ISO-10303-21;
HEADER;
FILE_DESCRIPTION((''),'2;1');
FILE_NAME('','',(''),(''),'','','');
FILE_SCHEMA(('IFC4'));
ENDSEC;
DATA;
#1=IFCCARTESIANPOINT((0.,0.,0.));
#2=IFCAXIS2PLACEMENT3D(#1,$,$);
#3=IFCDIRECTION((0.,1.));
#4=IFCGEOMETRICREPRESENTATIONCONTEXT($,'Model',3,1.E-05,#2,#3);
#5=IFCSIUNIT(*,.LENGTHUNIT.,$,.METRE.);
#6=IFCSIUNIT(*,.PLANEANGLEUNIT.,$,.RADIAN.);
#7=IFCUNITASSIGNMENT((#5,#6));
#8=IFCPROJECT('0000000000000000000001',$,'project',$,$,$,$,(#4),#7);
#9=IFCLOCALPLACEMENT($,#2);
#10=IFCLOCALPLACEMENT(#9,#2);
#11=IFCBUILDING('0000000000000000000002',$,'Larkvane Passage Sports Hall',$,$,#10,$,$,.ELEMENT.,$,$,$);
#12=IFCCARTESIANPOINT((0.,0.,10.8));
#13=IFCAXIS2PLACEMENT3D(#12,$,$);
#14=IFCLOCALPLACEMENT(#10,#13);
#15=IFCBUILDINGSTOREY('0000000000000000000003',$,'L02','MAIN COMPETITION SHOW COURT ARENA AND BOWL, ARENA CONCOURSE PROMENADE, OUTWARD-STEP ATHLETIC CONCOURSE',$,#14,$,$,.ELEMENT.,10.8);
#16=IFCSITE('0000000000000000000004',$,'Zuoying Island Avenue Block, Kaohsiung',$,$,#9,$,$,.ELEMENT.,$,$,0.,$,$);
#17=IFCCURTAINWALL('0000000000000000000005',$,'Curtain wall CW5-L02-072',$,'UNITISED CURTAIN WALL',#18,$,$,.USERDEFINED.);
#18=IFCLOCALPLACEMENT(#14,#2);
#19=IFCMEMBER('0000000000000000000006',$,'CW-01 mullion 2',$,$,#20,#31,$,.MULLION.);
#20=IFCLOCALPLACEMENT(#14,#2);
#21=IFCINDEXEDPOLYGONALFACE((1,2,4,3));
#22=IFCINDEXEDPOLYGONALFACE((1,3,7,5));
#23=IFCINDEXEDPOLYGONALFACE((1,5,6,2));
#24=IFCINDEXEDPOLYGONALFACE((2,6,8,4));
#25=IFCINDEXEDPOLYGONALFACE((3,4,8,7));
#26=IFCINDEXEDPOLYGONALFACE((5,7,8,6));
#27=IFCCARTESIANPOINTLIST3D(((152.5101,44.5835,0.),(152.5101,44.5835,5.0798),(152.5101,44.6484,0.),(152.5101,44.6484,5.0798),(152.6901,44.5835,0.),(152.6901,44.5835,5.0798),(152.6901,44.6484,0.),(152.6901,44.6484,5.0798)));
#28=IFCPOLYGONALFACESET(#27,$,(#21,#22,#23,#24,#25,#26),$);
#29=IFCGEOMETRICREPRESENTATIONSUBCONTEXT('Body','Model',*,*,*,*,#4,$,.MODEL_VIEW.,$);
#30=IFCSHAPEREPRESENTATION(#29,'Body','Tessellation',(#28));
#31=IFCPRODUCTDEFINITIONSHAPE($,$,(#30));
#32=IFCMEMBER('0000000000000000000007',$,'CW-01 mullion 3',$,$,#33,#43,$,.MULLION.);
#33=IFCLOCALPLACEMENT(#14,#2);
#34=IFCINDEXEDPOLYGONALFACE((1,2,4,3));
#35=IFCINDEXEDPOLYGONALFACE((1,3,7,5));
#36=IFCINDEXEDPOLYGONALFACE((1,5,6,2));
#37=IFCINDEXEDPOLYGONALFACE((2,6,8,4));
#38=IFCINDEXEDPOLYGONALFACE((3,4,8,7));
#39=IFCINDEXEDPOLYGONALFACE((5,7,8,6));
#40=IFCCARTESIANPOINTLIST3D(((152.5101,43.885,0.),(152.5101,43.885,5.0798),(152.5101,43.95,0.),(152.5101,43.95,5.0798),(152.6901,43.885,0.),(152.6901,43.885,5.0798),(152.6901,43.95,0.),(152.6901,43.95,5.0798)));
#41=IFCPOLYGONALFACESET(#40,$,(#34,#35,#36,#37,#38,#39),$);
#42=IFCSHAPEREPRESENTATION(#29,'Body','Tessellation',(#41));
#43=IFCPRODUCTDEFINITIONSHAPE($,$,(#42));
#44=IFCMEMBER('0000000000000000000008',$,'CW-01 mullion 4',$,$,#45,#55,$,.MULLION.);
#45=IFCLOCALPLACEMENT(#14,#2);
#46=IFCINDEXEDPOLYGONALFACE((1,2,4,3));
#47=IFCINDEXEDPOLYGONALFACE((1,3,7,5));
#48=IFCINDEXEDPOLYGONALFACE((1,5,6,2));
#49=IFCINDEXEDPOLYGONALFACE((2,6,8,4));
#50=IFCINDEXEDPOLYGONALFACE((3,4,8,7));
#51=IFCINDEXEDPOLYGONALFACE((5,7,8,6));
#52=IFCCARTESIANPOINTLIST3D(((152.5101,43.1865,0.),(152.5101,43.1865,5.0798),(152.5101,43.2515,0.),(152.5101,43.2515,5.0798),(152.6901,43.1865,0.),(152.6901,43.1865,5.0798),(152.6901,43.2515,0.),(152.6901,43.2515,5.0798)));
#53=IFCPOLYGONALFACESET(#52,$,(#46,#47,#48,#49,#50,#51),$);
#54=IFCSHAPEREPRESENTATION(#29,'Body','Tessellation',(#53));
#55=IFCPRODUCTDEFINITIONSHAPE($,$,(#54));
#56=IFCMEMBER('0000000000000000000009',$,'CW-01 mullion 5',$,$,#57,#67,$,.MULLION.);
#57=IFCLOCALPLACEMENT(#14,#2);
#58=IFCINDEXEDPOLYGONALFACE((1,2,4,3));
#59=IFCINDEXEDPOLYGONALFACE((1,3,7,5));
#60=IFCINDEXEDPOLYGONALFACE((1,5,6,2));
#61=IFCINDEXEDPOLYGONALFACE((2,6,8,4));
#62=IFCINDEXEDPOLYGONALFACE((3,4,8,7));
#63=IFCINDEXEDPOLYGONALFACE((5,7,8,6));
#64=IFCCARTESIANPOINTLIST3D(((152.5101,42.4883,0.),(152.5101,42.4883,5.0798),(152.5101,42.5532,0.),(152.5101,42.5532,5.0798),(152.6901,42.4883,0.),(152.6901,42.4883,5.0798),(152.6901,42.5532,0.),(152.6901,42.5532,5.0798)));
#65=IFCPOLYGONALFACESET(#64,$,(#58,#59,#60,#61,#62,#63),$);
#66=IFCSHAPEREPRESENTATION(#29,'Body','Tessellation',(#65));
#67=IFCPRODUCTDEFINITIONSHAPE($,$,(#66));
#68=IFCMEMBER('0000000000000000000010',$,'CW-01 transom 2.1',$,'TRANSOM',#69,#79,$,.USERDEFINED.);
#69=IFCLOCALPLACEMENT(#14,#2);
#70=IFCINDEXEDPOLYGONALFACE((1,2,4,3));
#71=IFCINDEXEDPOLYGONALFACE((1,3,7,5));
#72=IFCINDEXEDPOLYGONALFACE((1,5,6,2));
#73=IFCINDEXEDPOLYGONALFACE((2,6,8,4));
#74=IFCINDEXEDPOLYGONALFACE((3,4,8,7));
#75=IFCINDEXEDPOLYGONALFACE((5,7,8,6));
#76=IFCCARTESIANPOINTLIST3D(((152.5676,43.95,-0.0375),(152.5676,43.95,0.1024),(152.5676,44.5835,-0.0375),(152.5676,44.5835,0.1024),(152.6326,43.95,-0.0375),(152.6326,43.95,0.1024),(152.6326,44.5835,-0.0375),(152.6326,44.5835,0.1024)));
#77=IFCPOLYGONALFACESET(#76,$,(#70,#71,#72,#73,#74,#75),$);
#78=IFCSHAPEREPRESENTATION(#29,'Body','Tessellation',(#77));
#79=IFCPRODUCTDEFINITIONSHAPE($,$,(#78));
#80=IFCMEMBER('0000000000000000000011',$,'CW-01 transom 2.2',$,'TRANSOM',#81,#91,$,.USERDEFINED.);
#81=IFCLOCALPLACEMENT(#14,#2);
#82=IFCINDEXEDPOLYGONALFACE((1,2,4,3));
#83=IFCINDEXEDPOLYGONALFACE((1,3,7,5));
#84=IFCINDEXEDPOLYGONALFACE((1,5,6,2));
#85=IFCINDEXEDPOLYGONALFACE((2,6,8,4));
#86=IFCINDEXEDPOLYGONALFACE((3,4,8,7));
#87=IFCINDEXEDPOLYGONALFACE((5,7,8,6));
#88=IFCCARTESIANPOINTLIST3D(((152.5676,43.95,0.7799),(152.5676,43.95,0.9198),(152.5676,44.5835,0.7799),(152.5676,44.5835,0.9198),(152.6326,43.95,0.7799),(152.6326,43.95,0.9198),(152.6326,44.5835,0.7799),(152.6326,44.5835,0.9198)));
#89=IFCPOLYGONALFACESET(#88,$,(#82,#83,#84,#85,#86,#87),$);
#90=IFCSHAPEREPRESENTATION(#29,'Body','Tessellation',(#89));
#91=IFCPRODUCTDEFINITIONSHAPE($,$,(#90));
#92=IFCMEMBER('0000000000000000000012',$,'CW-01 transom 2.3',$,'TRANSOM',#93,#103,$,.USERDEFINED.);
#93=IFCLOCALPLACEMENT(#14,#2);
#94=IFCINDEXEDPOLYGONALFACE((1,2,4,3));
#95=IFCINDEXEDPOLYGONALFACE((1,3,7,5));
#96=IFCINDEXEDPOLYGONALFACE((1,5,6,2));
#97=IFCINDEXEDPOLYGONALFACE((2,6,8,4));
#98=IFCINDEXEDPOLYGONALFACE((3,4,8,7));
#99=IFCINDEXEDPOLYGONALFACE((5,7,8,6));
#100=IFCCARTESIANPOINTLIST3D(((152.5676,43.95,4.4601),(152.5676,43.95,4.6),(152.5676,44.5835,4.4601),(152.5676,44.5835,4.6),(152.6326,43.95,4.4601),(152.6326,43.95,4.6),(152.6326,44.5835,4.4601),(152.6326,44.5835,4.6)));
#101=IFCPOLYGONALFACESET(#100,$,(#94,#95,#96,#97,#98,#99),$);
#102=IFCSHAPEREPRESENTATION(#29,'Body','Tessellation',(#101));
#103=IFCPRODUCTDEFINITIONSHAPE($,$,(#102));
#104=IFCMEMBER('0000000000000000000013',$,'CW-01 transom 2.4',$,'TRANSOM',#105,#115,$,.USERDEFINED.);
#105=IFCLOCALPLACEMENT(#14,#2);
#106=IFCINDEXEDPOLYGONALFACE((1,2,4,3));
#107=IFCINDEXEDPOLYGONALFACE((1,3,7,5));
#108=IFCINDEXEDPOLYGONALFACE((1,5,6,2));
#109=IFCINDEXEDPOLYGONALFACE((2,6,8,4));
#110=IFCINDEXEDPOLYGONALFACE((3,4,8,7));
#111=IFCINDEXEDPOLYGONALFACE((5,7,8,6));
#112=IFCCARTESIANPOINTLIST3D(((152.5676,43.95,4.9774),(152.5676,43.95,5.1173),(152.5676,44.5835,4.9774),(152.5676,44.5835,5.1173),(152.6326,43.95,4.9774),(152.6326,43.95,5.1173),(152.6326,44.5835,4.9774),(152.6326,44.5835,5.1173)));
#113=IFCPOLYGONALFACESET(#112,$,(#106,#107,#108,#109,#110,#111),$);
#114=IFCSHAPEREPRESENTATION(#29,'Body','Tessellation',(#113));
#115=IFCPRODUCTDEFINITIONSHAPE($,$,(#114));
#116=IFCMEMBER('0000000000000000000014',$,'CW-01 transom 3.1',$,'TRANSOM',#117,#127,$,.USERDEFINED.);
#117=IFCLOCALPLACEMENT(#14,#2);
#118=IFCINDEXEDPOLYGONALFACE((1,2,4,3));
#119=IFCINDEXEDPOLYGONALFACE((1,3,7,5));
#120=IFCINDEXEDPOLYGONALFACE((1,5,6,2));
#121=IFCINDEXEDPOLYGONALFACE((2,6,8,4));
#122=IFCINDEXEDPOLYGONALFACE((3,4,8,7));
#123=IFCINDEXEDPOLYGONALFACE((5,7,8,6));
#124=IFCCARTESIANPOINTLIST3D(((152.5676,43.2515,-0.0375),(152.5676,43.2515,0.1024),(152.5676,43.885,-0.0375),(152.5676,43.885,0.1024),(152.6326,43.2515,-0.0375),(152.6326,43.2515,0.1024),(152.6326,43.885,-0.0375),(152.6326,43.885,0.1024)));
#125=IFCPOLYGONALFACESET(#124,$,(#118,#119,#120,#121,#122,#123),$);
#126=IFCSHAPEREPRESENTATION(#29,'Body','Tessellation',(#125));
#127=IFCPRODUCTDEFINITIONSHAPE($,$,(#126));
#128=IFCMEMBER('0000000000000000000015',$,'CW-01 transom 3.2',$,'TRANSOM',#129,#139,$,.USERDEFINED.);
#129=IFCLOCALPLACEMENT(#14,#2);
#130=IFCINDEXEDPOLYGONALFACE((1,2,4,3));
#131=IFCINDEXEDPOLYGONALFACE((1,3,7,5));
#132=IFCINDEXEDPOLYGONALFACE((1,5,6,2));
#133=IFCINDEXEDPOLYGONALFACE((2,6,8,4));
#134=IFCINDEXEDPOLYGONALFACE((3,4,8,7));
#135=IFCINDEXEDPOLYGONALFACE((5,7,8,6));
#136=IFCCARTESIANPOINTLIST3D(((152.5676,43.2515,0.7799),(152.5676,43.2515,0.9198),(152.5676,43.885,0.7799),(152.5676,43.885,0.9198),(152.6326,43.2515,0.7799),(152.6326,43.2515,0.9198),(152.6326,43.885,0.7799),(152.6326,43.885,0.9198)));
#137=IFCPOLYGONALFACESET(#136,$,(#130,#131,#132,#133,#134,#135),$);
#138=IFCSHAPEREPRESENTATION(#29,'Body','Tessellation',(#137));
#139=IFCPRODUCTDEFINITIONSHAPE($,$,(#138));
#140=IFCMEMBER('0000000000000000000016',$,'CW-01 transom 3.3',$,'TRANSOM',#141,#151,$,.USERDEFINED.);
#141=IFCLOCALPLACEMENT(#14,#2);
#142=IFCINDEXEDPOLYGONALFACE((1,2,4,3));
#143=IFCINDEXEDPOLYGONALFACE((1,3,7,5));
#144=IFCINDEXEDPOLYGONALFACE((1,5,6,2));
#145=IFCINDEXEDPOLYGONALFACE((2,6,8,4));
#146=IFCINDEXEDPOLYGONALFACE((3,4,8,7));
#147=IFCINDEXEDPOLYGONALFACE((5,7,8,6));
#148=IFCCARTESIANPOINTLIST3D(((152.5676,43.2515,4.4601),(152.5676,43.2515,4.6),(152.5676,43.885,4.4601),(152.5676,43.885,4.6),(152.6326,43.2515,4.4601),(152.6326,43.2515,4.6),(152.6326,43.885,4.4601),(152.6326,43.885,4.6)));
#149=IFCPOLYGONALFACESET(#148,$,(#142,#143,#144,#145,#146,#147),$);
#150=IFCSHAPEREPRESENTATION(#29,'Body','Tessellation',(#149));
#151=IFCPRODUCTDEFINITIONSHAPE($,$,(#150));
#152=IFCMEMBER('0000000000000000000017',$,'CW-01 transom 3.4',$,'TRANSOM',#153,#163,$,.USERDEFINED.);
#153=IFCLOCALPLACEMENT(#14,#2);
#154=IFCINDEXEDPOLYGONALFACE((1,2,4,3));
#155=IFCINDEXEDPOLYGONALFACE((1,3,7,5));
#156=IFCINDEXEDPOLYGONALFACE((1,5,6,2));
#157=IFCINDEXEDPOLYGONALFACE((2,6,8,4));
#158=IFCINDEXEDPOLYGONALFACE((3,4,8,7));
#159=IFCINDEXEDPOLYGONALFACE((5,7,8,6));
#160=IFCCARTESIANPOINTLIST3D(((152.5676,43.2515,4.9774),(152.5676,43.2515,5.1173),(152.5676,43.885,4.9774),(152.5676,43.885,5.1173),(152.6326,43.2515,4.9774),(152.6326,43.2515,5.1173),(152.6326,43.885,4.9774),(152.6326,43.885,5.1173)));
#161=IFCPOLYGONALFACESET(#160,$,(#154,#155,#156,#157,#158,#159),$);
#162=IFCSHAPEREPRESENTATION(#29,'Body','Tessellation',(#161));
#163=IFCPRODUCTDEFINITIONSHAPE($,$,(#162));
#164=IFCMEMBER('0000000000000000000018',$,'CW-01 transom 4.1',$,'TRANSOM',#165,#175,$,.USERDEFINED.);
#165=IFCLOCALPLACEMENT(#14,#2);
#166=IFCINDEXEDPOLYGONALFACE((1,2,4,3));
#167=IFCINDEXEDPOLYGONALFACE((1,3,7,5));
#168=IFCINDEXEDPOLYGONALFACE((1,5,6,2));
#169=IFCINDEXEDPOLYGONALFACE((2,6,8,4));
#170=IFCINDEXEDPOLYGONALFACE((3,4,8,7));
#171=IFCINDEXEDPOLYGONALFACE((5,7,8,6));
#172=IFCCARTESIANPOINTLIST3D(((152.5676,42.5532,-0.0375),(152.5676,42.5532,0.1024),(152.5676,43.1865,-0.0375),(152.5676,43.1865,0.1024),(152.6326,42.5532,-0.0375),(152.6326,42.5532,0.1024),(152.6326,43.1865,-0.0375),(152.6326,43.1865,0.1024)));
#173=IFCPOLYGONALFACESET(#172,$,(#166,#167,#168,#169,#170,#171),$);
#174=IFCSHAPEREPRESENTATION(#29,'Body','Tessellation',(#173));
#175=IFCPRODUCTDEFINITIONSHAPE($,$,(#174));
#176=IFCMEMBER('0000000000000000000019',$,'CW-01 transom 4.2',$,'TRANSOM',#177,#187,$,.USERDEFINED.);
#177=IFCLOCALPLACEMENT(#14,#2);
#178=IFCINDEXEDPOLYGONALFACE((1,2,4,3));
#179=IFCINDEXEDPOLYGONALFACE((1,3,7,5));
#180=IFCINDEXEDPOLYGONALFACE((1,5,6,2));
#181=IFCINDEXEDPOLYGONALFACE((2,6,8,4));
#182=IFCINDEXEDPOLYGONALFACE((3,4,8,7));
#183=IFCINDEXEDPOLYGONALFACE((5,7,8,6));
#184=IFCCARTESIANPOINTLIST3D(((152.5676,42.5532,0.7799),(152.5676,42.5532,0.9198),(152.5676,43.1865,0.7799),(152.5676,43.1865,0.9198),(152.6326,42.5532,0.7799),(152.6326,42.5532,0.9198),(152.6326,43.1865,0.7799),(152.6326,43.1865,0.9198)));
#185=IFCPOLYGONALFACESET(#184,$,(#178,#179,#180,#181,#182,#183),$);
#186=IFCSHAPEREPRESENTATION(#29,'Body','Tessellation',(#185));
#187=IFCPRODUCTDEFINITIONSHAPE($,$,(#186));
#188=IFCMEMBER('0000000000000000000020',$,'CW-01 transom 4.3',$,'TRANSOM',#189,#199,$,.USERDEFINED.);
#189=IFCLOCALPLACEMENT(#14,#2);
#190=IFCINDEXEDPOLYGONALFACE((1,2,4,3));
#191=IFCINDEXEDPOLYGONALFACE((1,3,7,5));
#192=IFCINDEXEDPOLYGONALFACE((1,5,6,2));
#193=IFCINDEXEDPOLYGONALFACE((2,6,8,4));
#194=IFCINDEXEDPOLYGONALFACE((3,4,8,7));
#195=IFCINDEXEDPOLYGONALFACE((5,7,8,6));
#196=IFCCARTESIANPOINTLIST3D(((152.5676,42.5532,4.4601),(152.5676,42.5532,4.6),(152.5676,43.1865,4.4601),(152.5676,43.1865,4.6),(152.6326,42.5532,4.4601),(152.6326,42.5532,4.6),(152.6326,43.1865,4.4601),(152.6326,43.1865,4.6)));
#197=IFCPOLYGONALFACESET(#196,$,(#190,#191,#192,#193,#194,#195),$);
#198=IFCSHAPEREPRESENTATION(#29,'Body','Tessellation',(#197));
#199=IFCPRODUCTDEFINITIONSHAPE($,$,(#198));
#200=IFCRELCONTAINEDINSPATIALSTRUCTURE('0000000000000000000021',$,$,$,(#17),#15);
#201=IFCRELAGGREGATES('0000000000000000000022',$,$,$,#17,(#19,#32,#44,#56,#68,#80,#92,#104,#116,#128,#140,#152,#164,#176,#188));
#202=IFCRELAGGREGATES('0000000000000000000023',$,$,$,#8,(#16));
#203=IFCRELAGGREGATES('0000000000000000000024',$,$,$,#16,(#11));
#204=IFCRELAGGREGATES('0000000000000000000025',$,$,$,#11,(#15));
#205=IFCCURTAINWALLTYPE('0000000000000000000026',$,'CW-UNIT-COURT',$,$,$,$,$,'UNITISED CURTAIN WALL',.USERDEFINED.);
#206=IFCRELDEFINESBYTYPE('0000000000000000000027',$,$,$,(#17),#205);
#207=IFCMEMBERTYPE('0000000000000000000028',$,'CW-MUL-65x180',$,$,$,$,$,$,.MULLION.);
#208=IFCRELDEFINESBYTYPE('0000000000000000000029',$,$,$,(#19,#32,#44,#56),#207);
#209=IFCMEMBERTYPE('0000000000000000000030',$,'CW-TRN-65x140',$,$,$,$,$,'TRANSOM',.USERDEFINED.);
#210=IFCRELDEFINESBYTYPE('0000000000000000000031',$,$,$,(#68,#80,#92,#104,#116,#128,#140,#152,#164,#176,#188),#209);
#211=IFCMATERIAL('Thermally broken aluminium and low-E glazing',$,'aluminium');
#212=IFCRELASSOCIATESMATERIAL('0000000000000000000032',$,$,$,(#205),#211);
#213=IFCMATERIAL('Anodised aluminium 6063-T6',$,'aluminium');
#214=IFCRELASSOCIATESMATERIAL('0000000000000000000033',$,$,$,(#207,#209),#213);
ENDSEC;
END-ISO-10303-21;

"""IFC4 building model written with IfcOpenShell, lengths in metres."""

from ifc_helpers import new_model, si_unit, direction, frame, origin, origin_2d, place, context, subcontext, project, spatial, rectangle, extrude, material, material_profile, profile_set, type_object, element, aggregate, save


model = new_model("IFC4")

# Units and contexts
model_context = context("Model", 3, precision=1e-05, world=origin(), true_north=direction((0.0, 1.0)))
body_context = subcontext(model_context, "Body", "Model", "MODEL_VIEW")
ifc_project = project(units=[si_unit("LENGTHUNIT", "METRE"), si_unit("PLANEANGLEUNIT", "RADIAN")], contexts=[model_context])

# Site, building, storey
site_placement = place(None, origin())
site = spatial("IfcSite", under=ifc_project, at=site_placement, Name="Zuoying Island Avenue Block, Kaohsiung", CompositionType="ELEMENT", RefElevation=0.0)
building_placement = place(site_placement, origin())
building = spatial("IfcBuilding", under=site, at=building_placement, Name="Larkvane Passage Sports Hall", CompositionType="ELEMENT")
storey_placement = place(building_placement, frame((0.0, 0.0, 10.8)))
storey = spatial("IfcBuildingStorey", under=building, at=storey_placement, Name="L02", Description="MAIN COMPETITION SHOW COURT ARENA AND BOWL, ARENA CONCOURSE PROMENADE, OUTWARD-STEP ATHLETIC CONCOURSE", CompositionType="ELEMENT", Elevation=10.8)

# Curtain wall, members
ifc_material_1 = material(Name="Thermally broken aluminium and low-E glazing", Category="aluminium")
curtain_wall_type = type_object("IfcCurtainWallType", Name="CW-UNIT-COURT", ElementType="UNITISED CURTAIN WALL", PredefinedType="USERDEFINED", material=ifc_material_1)
curtain_wall_placement = place(storey_placement, origin())
curtain_wall = element("IfcCurtainWall", 1, at=curtain_wall_placement, inside=storey, type_object=curtain_wall_type, Name="Curtain wall CW5-L02-072", ObjectType="UNITISED CURTAIN WALL", PredefinedType="USERDEFINED")
ifc_material_2 = material(Name="Anodised aluminium 6063-T6", Category="aluminium")
ifc_material_profile_1 = material_profile(ifc_material_2, rectangle(XDim=0.0649, YDim=0.1799, at=origin_2d()), Name="ALU-MUL-65x180")
ifc_profile_set_1 = profile_set([ifc_material_profile_1], Name="Anodised aluminium 6063-T6")
member_type_1 = type_object("IfcMemberType", Name="CW-MUL-65x180", PredefinedType="MULLION", material=ifc_profile_set_1)
member_1_placement = place(storey_placement, frame((152.6001, 44.616, 0.0), z_axis=(0.0, 0.0, 1.0), x_axis=(0.0, -1.0, 0.0)))
member_1 = element("IfcMember", 2, at=member_1_placement, type_object=member_type_1, Name="CW-01 mullion 2", PredefinedType="MULLION", context=body_context, shape_type="SweptSolid", body=[
    extrude(rectangle(XDim=0.0649, YDim=0.1799, at=origin_2d()), origin(), (0.0, 0.0, 1.0), 5.0798),
])
member_2_placement = place(storey_placement, frame((152.6001, 43.9175, 0.0), z_axis=(0.0, 0.0, 1.0), x_axis=(0.0, -1.0, 0.0)))
member_2 = element("IfcMember", 3, at=member_2_placement, type_object=member_type_1, Name="CW-01 mullion 3", PredefinedType="MULLION", context=body_context, shape_type="SweptSolid", body=[
    extrude(rectangle(XDim=0.0649, YDim=0.1799, at=origin_2d()), origin(), (0.0, 0.0, 1.0), 5.0798),
])
member_3_placement = place(storey_placement, frame((152.6001, 43.219, 0.0), z_axis=(0.0, 0.0, 1.0), x_axis=(0.0, -1.0, 0.0)))
member_3 = element("IfcMember", 4, at=member_3_placement, type_object=member_type_1, Name="CW-01 mullion 4", PredefinedType="MULLION", context=body_context, shape_type="SweptSolid", body=[
    extrude(rectangle(XDim=0.0649, YDim=0.1799, at=origin_2d()), origin(), (0.0, 0.0, 1.0), 5.0798),
])
member_4_placement = place(storey_placement, frame((152.6001, 42.5208, 0.0), z_axis=(0.0, 0.0, 1.0), x_axis=(0.0, -1.0, 0.0)))
member_4 = element("IfcMember", 5, at=member_4_placement, type_object=member_type_1, Name="CW-01 mullion 5", PredefinedType="MULLION", context=body_context, shape_type="SweptSolid", body=[
    extrude(rectangle(XDim=0.0649, YDim=0.1799, at=origin_2d()), origin(), (0.0, 0.0, 1.0), 5.0798),
])
ifc_material_profile_2 = material_profile(ifc_material_2, rectangle(XDim=0.0649, YDim=0.1399, at=origin_2d()), Name="ALU-TRN-65x140")
ifc_profile_set_2 = profile_set([ifc_material_profile_2], Name="Anodised aluminium 6063-T6")
member_type_2 = type_object("IfcMemberType", Name="CW-TRN-65x140", ElementType="TRANSOM", PredefinedType="USERDEFINED", material=ifc_profile_set_2)
member_5_placement = place(storey_placement, frame((152.6001, 44.5835, 0.0325), z_axis=(0.0, -1.0, 0.0), x_axis=(1.0, 0.0, 0.0)))
member_5 = element("IfcMember", 6, at=member_5_placement, type_object=member_type_2, Name="CW-01 transom 2.1", ObjectType="TRANSOM", PredefinedType="USERDEFINED", context=body_context, shape_type="SweptSolid", body=[
    extrude(rectangle(XDim=0.0649, YDim=0.1399, at=origin_2d()), origin(), (0.0, 0.0, 1.0), 0.6335),
])
member_6_placement = place(storey_placement, frame((152.6001, 44.5835, 0.8499), z_axis=(0.0, -1.0, 0.0), x_axis=(1.0, 0.0, 0.0)))
member_6 = element("IfcMember", 7, at=member_6_placement, type_object=member_type_2, Name="CW-01 transom 2.2", ObjectType="TRANSOM", PredefinedType="USERDEFINED", context=body_context, shape_type="SweptSolid", body=[
    extrude(rectangle(XDim=0.0649, YDim=0.1399, at=origin_2d()), origin(), (0.0, 0.0, 1.0), 0.6335),
])
member_7_placement = place(storey_placement, frame((152.6001, 44.5835, 4.53), z_axis=(0.0, -1.0, 0.0), x_axis=(1.0, 0.0, 0.0)))
member_7 = element("IfcMember", 8, at=member_7_placement, type_object=member_type_2, Name="CW-01 transom 2.3", ObjectType="TRANSOM", PredefinedType="USERDEFINED", context=body_context, shape_type="SweptSolid", body=[
    extrude(rectangle(XDim=0.0649, YDim=0.1399, at=origin_2d()), origin(), (0.0, 0.0, 1.0), 0.6335),
])
member_8_placement = place(storey_placement, frame((152.6001, 44.5835, 5.0474), z_axis=(0.0, -1.0, 0.0), x_axis=(1.0, 0.0, 0.0)))
member_8 = element("IfcMember", 9, at=member_8_placement, type_object=member_type_2, Name="CW-01 transom 2.4", ObjectType="TRANSOM", PredefinedType="USERDEFINED", context=body_context, shape_type="SweptSolid", body=[
    extrude(rectangle(XDim=0.0649, YDim=0.1399, at=origin_2d()), origin(), (0.0, 0.0, 1.0), 0.6335),
])
member_9_placement = place(storey_placement, frame((152.6001, 43.885, 0.0325), z_axis=(0.0, -1.0, 0.0), x_axis=(1.0, 0.0, 0.0)))
member_9 = element("IfcMember", 10, at=member_9_placement, type_object=member_type_2, Name="CW-01 transom 3.1", ObjectType="TRANSOM", PredefinedType="USERDEFINED", context=body_context, shape_type="SweptSolid", body=[
    extrude(rectangle(XDim=0.0649, YDim=0.1399, at=origin_2d()), origin(), (0.0, 0.0, 1.0), 0.6335),
])
member_10_placement = place(storey_placement, frame((152.6001, 43.885, 0.8499), z_axis=(0.0, -1.0, 0.0), x_axis=(1.0, 0.0, 0.0)))
member_10 = element("IfcMember", 11, at=member_10_placement, type_object=member_type_2, Name="CW-01 transom 3.2", ObjectType="TRANSOM", PredefinedType="USERDEFINED", context=body_context, shape_type="SweptSolid", body=[
    extrude(rectangle(XDim=0.0649, YDim=0.1399, at=origin_2d()), origin(), (0.0, 0.0, 1.0), 0.6335),
])
member_11_placement = place(storey_placement, frame((152.6001, 43.885, 4.53), z_axis=(0.0, -1.0, 0.0), x_axis=(1.0, 0.0, 0.0)))
member_11 = element("IfcMember", 12, at=member_11_placement, type_object=member_type_2, Name="CW-01 transom 3.3", ObjectType="TRANSOM", PredefinedType="USERDEFINED", context=body_context, shape_type="SweptSolid", body=[
    extrude(rectangle(XDim=0.0649, YDim=0.1399, at=origin_2d()), origin(), (0.0, 0.0, 1.0), 0.6335),
])
member_12_placement = place(storey_placement, frame((152.6001, 43.885, 5.0474), z_axis=(0.0, -1.0, 0.0), x_axis=(1.0, 0.0, 0.0)))
member_12 = element("IfcMember", 13, at=member_12_placement, type_object=member_type_2, Name="CW-01 transom 3.4", ObjectType="TRANSOM", PredefinedType="USERDEFINED", context=body_context, shape_type="SweptSolid", body=[
    extrude(rectangle(XDim=0.0649, YDim=0.1399, at=origin_2d()), origin(), (0.0, 0.0, 1.0), 0.6335),
])
member_13_placement = place(storey_placement, frame((152.6001, 43.1865, 0.0325), z_axis=(0.0, -1.0, 0.0), x_axis=(1.0, 0.0, 0.0)))
member_13 = element("IfcMember", 14, at=member_13_placement, type_object=member_type_2, Name="CW-01 transom 4.1", ObjectType="TRANSOM", PredefinedType="USERDEFINED", context=body_context, shape_type="SweptSolid", body=[
    extrude(rectangle(XDim=0.0649, YDim=0.1399, at=origin_2d()), origin(), (0.0, 0.0, 1.0), 0.6333),
])
member_14_placement = place(storey_placement, frame((152.6001, 43.1865, 0.8499), z_axis=(0.0, -1.0, 0.0), x_axis=(1.0, 0.0, 0.0)))
member_14 = element("IfcMember", 15, at=member_14_placement, type_object=member_type_2, Name="CW-01 transom 4.2", ObjectType="TRANSOM", PredefinedType="USERDEFINED", context=body_context, shape_type="SweptSolid", body=[
    extrude(rectangle(XDim=0.0649, YDim=0.1399, at=origin_2d()), origin(), (0.0, 0.0, 1.0), 0.6333),
])
member_15_placement = place(storey_placement, frame((152.6001, 43.1865, 4.53), z_axis=(0.0, -1.0, 0.0), x_axis=(1.0, 0.0, 0.0)))
member_15 = element("IfcMember", 16, at=member_15_placement, type_object=member_type_2, Name="CW-01 transom 4.3", ObjectType="TRANSOM", PredefinedType="USERDEFINED", context=body_context, shape_type="SweptSolid", body=[
    extrude(rectangle(XDim=0.0649, YDim=0.1399, at=origin_2d()), origin(), (0.0, 0.0, 1.0), 0.6333),
])
aggregate(curtain_wall, [member_1, member_2, member_3, member_4, member_5, member_6, member_7, member_8, member_9, member_10, member_11, member_12, member_13, member_14, member_15])

save(model, "model.ifc")
